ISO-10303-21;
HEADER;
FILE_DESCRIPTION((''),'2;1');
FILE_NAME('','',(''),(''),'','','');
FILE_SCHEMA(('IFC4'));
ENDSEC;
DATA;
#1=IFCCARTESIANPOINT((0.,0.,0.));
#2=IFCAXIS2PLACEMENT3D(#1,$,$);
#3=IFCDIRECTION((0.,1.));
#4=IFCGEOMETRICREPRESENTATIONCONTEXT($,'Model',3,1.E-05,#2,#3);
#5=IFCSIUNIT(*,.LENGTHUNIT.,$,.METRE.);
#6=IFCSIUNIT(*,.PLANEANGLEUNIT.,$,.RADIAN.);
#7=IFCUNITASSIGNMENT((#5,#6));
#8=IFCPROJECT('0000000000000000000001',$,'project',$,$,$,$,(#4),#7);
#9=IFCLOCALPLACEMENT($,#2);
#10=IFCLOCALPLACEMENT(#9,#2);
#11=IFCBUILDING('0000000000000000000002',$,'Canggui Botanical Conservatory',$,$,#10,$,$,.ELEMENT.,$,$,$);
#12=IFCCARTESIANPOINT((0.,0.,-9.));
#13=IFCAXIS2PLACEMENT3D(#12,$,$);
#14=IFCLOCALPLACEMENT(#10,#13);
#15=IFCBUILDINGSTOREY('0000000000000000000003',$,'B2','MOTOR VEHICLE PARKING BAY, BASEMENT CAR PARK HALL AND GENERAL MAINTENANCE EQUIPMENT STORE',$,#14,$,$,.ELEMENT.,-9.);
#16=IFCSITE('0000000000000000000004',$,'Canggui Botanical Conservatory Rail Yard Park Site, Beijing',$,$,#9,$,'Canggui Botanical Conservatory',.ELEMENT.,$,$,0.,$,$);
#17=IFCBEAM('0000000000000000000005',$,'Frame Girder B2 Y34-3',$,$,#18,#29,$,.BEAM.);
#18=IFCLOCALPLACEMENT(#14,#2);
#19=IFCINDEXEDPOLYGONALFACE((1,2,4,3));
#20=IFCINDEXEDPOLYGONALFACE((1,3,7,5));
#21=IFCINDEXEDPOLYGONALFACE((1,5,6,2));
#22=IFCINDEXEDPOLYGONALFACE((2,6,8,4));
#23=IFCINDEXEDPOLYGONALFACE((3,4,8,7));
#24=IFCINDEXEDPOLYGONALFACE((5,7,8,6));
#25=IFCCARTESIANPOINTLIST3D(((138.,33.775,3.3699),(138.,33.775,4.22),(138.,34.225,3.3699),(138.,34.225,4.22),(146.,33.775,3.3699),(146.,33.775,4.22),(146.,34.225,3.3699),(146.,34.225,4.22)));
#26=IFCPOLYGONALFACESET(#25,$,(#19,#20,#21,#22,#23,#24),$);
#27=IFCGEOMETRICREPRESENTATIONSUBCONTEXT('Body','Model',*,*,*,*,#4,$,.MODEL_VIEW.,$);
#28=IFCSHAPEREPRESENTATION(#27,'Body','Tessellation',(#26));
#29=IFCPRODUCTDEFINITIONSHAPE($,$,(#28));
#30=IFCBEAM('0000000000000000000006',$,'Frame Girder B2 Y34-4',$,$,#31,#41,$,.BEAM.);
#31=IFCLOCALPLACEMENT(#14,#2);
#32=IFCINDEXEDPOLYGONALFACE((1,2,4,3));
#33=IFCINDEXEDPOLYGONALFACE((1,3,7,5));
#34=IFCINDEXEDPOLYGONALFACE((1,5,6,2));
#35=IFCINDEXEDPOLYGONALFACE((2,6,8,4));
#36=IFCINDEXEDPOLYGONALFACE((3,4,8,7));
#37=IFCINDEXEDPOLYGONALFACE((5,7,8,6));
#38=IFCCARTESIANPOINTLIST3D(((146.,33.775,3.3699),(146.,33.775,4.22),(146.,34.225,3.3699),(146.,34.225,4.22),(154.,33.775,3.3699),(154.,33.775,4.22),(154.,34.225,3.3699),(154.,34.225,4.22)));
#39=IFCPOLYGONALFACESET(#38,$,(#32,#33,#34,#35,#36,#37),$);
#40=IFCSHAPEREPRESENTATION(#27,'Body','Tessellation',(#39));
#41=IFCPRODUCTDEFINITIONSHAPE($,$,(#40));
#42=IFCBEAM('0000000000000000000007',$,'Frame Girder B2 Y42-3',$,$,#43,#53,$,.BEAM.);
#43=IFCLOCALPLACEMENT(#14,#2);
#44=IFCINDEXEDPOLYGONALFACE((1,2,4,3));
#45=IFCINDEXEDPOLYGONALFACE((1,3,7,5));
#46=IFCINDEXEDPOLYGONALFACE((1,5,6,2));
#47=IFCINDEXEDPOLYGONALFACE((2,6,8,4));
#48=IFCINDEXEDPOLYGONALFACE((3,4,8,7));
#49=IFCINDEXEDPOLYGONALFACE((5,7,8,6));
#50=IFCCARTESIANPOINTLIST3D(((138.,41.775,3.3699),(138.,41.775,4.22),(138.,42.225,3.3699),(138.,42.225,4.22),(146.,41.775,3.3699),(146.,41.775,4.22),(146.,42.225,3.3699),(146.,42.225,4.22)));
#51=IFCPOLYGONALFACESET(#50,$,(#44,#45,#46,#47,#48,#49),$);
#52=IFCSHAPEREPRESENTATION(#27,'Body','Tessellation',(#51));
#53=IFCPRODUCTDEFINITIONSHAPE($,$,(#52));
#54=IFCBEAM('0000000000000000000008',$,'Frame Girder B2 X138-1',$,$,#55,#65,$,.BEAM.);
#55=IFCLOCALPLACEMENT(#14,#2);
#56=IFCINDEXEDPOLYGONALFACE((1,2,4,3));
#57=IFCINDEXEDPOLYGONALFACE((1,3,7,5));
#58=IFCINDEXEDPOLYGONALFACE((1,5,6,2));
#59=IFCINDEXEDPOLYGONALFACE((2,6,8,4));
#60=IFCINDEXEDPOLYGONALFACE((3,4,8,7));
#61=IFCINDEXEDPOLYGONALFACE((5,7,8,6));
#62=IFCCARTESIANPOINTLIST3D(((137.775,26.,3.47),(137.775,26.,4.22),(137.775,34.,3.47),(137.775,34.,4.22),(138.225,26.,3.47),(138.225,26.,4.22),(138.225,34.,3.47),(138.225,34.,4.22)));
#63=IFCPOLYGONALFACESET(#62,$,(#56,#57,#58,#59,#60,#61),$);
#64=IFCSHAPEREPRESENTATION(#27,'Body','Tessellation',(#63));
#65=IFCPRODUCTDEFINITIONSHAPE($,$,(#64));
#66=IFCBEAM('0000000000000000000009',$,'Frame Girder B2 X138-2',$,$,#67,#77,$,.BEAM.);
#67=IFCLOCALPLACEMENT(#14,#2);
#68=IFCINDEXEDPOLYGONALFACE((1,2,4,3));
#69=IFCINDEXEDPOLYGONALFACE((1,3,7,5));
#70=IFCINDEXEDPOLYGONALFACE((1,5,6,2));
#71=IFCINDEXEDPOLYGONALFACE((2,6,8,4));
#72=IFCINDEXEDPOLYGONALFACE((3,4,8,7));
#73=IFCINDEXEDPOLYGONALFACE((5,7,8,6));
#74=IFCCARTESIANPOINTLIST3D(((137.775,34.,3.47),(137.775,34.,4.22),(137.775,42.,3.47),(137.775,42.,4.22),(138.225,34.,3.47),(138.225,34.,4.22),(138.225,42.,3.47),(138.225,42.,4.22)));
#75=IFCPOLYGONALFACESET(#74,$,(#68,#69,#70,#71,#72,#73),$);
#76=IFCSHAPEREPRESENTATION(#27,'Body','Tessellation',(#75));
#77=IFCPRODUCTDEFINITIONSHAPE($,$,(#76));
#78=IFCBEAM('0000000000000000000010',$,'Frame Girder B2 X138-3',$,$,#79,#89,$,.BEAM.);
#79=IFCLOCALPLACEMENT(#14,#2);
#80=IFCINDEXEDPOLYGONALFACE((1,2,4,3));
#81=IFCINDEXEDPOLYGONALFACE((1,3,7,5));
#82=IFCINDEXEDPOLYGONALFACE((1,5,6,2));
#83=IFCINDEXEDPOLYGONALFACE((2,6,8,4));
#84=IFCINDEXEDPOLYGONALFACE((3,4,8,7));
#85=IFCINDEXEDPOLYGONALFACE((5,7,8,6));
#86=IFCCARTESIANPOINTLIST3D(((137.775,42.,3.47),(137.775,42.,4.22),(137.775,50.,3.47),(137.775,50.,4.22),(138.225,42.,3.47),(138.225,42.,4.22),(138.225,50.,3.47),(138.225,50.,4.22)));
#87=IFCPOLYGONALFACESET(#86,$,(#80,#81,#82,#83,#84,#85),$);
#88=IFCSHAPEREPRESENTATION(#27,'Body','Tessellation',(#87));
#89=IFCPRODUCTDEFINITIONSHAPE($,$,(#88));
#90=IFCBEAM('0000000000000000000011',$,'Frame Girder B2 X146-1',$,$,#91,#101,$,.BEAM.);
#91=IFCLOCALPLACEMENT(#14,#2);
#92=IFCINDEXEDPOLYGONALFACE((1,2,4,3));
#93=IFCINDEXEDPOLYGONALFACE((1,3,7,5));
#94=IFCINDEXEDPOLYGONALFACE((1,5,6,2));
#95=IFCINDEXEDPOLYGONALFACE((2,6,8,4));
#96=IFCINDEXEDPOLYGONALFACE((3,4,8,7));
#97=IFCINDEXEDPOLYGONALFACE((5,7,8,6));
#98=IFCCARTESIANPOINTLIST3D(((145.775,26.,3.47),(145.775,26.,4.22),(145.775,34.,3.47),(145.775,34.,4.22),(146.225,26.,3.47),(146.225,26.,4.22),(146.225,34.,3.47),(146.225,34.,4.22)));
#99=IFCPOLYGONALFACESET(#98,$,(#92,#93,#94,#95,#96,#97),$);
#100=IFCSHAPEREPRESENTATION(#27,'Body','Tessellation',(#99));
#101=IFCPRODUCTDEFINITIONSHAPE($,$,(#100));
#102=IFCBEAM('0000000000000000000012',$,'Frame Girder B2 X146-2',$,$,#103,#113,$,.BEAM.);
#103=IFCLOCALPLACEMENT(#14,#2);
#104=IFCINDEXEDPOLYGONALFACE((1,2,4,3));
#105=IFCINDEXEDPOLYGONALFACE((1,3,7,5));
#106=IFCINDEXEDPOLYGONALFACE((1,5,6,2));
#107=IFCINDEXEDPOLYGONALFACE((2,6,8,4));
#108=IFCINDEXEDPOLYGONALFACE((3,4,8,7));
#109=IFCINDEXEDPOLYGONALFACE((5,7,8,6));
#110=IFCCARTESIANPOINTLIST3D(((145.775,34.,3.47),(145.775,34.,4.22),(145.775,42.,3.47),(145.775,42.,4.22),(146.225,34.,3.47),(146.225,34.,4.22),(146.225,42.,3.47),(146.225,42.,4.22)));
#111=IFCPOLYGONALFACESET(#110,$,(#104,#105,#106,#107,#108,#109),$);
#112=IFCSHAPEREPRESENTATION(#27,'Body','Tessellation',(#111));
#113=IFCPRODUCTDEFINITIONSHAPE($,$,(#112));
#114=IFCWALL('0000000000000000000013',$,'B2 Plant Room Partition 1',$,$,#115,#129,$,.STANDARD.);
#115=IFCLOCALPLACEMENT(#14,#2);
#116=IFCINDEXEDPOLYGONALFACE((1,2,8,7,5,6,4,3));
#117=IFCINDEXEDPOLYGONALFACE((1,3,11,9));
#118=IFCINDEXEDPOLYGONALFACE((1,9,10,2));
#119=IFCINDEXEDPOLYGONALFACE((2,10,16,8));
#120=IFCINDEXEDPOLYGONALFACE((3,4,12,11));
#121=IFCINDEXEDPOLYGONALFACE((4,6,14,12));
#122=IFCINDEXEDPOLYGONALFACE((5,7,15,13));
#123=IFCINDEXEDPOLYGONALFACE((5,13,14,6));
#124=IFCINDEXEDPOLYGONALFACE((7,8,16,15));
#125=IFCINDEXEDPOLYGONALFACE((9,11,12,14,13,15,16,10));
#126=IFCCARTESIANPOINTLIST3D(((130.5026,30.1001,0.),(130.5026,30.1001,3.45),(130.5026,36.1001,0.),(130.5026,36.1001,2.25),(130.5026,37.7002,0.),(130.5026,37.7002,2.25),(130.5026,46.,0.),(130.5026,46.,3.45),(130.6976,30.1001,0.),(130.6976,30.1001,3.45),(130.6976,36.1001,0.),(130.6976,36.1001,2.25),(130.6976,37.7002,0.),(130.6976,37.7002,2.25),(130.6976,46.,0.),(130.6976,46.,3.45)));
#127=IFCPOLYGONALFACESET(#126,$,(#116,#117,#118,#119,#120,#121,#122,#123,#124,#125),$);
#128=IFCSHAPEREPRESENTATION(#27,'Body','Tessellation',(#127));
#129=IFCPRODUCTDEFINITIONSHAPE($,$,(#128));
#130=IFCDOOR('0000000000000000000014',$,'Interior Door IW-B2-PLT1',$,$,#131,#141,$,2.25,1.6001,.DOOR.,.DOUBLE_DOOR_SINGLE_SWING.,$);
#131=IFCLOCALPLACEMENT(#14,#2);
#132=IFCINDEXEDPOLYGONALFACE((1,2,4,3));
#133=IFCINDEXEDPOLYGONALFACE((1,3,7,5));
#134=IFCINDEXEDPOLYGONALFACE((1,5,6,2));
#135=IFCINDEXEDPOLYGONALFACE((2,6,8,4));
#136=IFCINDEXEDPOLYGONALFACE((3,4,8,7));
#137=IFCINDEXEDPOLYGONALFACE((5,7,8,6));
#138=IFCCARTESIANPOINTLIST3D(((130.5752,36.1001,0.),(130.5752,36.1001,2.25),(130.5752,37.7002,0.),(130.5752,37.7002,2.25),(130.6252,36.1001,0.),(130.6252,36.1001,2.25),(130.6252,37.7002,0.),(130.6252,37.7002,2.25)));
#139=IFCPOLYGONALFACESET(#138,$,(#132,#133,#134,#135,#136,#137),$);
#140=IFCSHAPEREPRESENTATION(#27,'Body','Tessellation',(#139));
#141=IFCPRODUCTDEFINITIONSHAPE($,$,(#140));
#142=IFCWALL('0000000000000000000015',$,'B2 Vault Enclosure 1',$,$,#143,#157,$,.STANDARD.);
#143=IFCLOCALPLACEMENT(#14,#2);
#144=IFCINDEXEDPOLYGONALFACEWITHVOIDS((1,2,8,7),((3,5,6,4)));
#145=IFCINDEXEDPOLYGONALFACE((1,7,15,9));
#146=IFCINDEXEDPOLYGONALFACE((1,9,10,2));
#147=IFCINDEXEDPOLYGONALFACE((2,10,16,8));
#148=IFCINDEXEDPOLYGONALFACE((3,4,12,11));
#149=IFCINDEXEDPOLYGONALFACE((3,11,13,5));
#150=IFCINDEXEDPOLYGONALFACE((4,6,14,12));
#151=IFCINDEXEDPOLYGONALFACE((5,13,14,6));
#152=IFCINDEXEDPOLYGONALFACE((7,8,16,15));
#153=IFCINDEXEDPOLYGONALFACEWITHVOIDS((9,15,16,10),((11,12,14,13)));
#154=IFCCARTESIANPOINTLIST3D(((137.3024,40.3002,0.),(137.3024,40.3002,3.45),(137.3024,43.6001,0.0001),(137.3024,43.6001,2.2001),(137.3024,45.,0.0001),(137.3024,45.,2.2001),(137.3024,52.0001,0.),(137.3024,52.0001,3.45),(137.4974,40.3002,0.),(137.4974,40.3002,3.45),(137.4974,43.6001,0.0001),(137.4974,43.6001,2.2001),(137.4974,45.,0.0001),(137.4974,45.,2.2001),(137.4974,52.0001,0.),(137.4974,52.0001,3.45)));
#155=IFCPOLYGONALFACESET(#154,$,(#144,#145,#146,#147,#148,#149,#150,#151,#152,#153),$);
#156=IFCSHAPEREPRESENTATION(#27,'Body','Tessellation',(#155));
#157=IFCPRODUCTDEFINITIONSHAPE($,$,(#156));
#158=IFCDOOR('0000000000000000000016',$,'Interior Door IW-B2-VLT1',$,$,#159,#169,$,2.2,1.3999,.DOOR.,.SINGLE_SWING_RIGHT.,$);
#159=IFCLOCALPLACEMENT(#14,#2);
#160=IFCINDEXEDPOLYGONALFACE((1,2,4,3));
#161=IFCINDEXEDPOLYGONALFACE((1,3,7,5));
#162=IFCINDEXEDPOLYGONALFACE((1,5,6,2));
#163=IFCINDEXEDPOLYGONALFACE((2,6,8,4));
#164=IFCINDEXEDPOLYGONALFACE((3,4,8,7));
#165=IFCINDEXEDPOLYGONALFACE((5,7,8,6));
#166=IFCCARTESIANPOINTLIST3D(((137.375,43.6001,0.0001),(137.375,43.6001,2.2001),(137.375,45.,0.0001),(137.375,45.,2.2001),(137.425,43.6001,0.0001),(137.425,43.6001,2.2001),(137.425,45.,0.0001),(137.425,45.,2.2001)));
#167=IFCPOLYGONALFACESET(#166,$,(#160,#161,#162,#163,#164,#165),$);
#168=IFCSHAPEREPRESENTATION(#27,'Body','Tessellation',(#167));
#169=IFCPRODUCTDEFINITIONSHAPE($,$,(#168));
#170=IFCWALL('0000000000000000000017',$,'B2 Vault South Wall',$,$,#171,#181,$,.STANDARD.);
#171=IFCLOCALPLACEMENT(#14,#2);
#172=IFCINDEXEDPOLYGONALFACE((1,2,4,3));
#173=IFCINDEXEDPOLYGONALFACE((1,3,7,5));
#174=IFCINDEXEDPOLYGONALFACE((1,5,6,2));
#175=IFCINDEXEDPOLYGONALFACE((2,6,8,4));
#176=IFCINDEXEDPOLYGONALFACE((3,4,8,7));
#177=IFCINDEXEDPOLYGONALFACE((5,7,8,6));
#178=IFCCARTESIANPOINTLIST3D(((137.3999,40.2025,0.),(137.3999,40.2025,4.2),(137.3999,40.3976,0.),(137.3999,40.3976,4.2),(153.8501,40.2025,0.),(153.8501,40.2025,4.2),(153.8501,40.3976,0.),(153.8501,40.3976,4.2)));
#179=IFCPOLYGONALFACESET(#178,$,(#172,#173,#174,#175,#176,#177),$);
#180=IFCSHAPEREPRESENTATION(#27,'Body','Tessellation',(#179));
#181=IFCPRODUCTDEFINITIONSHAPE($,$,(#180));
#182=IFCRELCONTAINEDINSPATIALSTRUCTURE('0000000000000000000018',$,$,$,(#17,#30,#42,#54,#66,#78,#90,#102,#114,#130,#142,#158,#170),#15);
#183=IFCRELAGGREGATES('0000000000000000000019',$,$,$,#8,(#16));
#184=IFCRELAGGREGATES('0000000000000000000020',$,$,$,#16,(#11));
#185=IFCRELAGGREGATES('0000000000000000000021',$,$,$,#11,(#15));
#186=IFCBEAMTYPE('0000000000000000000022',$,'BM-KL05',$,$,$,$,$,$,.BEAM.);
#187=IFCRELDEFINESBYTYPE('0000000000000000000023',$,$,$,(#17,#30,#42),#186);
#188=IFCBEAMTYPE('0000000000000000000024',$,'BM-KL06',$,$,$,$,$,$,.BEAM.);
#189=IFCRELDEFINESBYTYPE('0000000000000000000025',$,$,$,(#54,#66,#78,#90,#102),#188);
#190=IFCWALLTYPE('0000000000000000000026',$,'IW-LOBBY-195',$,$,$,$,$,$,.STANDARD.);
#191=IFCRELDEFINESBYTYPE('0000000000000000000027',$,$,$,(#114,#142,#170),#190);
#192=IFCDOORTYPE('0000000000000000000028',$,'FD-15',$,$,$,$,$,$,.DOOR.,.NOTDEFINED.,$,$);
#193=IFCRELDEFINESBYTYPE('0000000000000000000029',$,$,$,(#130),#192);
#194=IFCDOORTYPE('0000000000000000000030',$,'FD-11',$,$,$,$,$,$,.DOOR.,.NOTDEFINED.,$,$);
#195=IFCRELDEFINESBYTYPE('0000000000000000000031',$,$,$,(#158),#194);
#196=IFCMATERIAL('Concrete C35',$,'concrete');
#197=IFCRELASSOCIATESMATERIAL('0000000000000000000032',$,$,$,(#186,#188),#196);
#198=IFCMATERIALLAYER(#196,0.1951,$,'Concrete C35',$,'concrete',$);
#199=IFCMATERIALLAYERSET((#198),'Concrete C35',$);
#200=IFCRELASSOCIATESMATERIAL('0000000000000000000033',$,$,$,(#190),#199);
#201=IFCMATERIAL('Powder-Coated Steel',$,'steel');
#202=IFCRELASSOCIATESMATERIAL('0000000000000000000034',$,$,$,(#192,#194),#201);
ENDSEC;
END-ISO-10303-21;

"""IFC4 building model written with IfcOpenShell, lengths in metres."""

from ifc_helpers import new_model, si_unit, direction, frame, frame_2d, origin, origin_2d, place, context, subcontext, project, spatial, rectangle, extrude, material, layer, layer_set, material_profile, profile_set, type_object, element, fill, save


model = new_model("IFC4")

# Units and contexts
model_context = context("Model", 3, precision=1e-05, world=origin(), true_north=direction((0.0, 1.0)))
body_context = subcontext(model_context, "Body", "Model", "MODEL_VIEW")
ifc_project = project(units=[si_unit("LENGTHUNIT", "METRE"), si_unit("PLANEANGLEUNIT", "RADIAN")], contexts=[model_context])

# Site, building, storey
site_placement = place(None, origin())
site = spatial("IfcSite", under=ifc_project, at=site_placement, Name="Canggui Botanical Conservatory Rail Yard Park Site, Beijing", LongName="Canggui Botanical Conservatory", CompositionType="ELEMENT", RefElevation=0.0)
building_placement = place(site_placement, origin())
building = spatial("IfcBuilding", under=site, at=building_placement, Name="Canggui Botanical Conservatory", CompositionType="ELEMENT")
storey_placement = place(building_placement, frame((0.0, 0.0, -9.0)))
storey = spatial("IfcBuildingStorey", under=building, at=storey_placement, Name="B2", Description="MOTOR VEHICLE PARKING BAY, BASEMENT CAR PARK HALL AND GENERAL MAINTENANCE EQUIPMENT STORE", CompositionType="ELEMENT", Elevation=-9.0)

# Shared definitions
ifc_material_1 = material(Name="Concrete C35", Category="concrete")

# Beams
ifc_material_profile_1 = material_profile(ifc_material_1, rectangle(XDim=0.45, YDim=0.8501, at=origin_2d()), Name="RB 450x850")
ifc_profile_set_1 = profile_set([ifc_material_profile_1], Name="Concrete C35")
beam_type_1 = type_object("IfcBeamType", Name="BM-KL05", PredefinedType="BEAM", material=ifc_profile_set_1)
for number, where, z_axis, x_axis, name in (
    (1, (138.0, 34.0, 3.7949), (1.0, 0.0, 0.0), (0.0, 1.0, 0.0), "Frame Girder B2 Y34-3"),
    (2, (146.0, 34.0, 3.7949), (1.0, 0.0, 0.0), (0.0, 1.0, 0.0), "Frame Girder B2 Y34-4"),
    (3, (138.0, 42.0, 3.7949), (1.0, 0.0, 0.0), (0.0, 1.0, 0.0), "Frame Girder B2 Y42-3"),
):
    element("IfcBeam", number, at=place(storey_placement, frame(where, z_axis=z_axis, x_axis=x_axis)), inside=storey, type_object=beam_type_1, Name=name, PredefinedType="BEAM", context=body_context, shape_type="SweptSolid", body=[
        extrude(rectangle(XDim=0.45, YDim=0.8501, at=origin_2d()), origin(), (0.0, 0.0, 1.0), 8.0),
    ])
ifc_material_profile_2 = material_profile(ifc_material_1, rectangle(XDim=0.45, YDim=0.75, at=origin_2d()), Name="RB 450x750")
ifc_profile_set_2 = profile_set([ifc_material_profile_2], Name="Concrete C35")
beam_type_2 = type_object("IfcBeamType", Name="BM-KL06", PredefinedType="BEAM", material=ifc_profile_set_2)
for number, where, z_axis, x_axis, name in (
    (4, (138.0, 26.0, 3.845), (0.0, 1.0, 0.0), (-1.0, 0.0, 0.0), "Frame Girder B2 X138-1"),
    (5, (138.0, 34.0, 3.845), (0.0, 1.0, 0.0), (-1.0, 0.0, 0.0), "Frame Girder B2 X138-2"),
    (6, (138.0, 42.0, 3.845), (0.0, 1.0, 0.0), (-1.0, 0.0, 0.0), "Frame Girder B2 X138-3"),
    (7, (146.0, 26.0, 3.845), (0.0, 1.0, 0.0), (-1.0, 0.0, 0.0), "Frame Girder B2 X146-1"),
    (8, (146.0, 34.0, 3.845), (0.0, 1.0, 0.0), (-1.0, 0.0, 0.0), "Frame Girder B2 X146-2"),
):
    element("IfcBeam", number, at=place(storey_placement, frame(where, z_axis=z_axis, x_axis=x_axis)), inside=storey, type_object=beam_type_2, Name=name, PredefinedType="BEAM", context=body_context, shape_type="SweptSolid", body=[
        extrude(rectangle(XDim=0.45, YDim=0.75, at=origin_2d()), origin(), (0.0, 0.0, 1.0), 8.0),
    ])

# Walls, openings, doors
ifc_layer = layer(ifc_material_1, 0.1951, Name="Concrete C35", Category="concrete")
ifc_layer_set = layer_set([ifc_layer], Name="Concrete C35")
wall_type = type_object("IfcWallType", Name="IW-LOBBY-195", PredefinedType="STANDARD", material=ifc_layer_set)
wall_1_placement = place(storey_placement, frame((130.6001, 30.1001, 0.0), z_axis=(0.0, 0.0, 1.0), x_axis=(0.0, 1.0, 0.0)))
wall_1 = element("IfcWall", 9, at=wall_1_placement, inside=storey, type_object=wall_type, Name="B2 Plant Room Partition 1", PredefinedType="STANDARD", context=body_context, shape_type="SweptSolid", body=[
    extrude(rectangle(XDim=15.8999, YDim=0.1951, at=frame_2d((7.95, 0.0))), origin(), (0.0, 0.0, 1.0), 3.45),
])
opening_1_placement = place(wall_1_placement, frame((6.0, 0.0, 0.0)))
opening_1 = element("IfcOpeningElement", 10, at=opening_1_placement, cuts=wall_1, PredefinedType="OPENING", context=body_context, shape_type="SweptSolid", body=[
    extrude(rectangle(XDim=1.6001, YDim=2.25, at=frame_2d((0.8, 1.125))), frame((0.0, 0.1074, 0.0), z_axis=(0.0, -1.0, 0.0), x_axis=(1.0, 0.0, 0.0)), (0.0, 0.0, 1.0), 0.2151),
])
ifc_material_2 = material(Name="Powder-Coated Steel", Category="steel")
door_type_1 = type_object("IfcDoorType", Name="FD-15", OperationType="NOTDEFINED", PredefinedType="DOOR", material=ifc_material_2)
door_1_placement = place(opening_1_placement, origin())
door_1 = element("IfcDoor", 11, at=door_1_placement, inside=storey, type_object=door_type_1, Name="Interior Door IW-B2-PLT1", OperationType="DOUBLE_DOOR_SINGLE_SWING", OverallHeight=2.25, OverallWidth=1.6001, PredefinedType="DOOR", context=body_context, shape_type="SweptSolid", body=[
    extrude(rectangle(XDim=1.6001, YDim=2.25, at=frame_2d((0.8, 1.125))), frame((0.0, 0.0249, 0.0), z_axis=(0.0, -1.0, 0.0), x_axis=(1.0, 0.0, 0.0)), (0.0, 0.0, 1.0), 0.05),
])
fill(opening_1, door_1)
wall_2_placement = place(storey_placement, frame((137.3999, 40.3, 0.0), z_axis=(0.0, 0.0, 1.0), x_axis=(0.0, 1.0, 0.0)))
wall_2 = element("IfcWall", 12, at=wall_2_placement, inside=storey, type_object=wall_type, Name="B2 Vault Enclosure 1", PredefinedType="STANDARD", context=body_context, shape_type="SweptSolid", body=[
    extrude(rectangle(XDim=11.7, YDim=0.1951, at=frame_2d((5.8501, 0.0))), origin(), (0.0, 0.0, 1.0), 3.45),
])
opening_2_placement = place(wall_2_placement, frame((3.3, 0.0, 0.0)))
opening_2 = element("IfcOpeningElement", 13, at=opening_2_placement, cuts=wall_2, PredefinedType="OPENING", context=body_context, shape_type="SweptSolid", body=[
    extrude(rectangle(XDim=1.3999, YDim=2.2, at=frame_2d((0.7, 1.1001))), frame((0.0, 0.1074, 0.0), z_axis=(0.0, -1.0, 0.0), x_axis=(1.0, 0.0, 0.0)), (0.0, 0.0, 1.0), 0.2151),
])
door_type_2 = type_object("IfcDoorType", Name="FD-11", OperationType="NOTDEFINED", PredefinedType="DOOR", material=ifc_material_2)
door_2_placement = place(opening_2_placement, origin())
door_2 = element("IfcDoor", 14, at=door_2_placement, inside=storey, type_object=door_type_2, Name="Interior Door IW-B2-VLT1", OperationType="SINGLE_SWING_RIGHT", OverallHeight=2.2, OverallWidth=1.3999, PredefinedType="DOOR", context=body_context, shape_type="SweptSolid", body=[
    extrude(rectangle(XDim=1.3999, YDim=2.2, at=frame_2d((0.7, 1.1001))), frame((0.0, 0.0249, 0.0), z_axis=(0.0, -1.0, 0.0), x_axis=(1.0, 0.0, 0.0)), (0.0, 0.0, 1.0), 0.05),
])
fill(opening_2, door_2)

# Wall
wall_3_placement = place(storey_placement, frame((137.3999, 40.3, 0.0), z_axis=(0.0, 0.0, 1.0), x_axis=(1.0, 0.0, 0.0)))
element("IfcWall", 15, at=wall_3_placement, inside=storey, type_object=wall_type, Name="B2 Vault South Wall", PredefinedType="STANDARD", context=body_context, shape_type="SweptSolid", body=[
    extrude(rectangle(XDim=16.4502, YDim=0.1951, at=frame_2d((8.2251, 0.0))), origin(), (0.0, 0.0, 1.0), 4.2),
])

save(model, "model.ifc")
